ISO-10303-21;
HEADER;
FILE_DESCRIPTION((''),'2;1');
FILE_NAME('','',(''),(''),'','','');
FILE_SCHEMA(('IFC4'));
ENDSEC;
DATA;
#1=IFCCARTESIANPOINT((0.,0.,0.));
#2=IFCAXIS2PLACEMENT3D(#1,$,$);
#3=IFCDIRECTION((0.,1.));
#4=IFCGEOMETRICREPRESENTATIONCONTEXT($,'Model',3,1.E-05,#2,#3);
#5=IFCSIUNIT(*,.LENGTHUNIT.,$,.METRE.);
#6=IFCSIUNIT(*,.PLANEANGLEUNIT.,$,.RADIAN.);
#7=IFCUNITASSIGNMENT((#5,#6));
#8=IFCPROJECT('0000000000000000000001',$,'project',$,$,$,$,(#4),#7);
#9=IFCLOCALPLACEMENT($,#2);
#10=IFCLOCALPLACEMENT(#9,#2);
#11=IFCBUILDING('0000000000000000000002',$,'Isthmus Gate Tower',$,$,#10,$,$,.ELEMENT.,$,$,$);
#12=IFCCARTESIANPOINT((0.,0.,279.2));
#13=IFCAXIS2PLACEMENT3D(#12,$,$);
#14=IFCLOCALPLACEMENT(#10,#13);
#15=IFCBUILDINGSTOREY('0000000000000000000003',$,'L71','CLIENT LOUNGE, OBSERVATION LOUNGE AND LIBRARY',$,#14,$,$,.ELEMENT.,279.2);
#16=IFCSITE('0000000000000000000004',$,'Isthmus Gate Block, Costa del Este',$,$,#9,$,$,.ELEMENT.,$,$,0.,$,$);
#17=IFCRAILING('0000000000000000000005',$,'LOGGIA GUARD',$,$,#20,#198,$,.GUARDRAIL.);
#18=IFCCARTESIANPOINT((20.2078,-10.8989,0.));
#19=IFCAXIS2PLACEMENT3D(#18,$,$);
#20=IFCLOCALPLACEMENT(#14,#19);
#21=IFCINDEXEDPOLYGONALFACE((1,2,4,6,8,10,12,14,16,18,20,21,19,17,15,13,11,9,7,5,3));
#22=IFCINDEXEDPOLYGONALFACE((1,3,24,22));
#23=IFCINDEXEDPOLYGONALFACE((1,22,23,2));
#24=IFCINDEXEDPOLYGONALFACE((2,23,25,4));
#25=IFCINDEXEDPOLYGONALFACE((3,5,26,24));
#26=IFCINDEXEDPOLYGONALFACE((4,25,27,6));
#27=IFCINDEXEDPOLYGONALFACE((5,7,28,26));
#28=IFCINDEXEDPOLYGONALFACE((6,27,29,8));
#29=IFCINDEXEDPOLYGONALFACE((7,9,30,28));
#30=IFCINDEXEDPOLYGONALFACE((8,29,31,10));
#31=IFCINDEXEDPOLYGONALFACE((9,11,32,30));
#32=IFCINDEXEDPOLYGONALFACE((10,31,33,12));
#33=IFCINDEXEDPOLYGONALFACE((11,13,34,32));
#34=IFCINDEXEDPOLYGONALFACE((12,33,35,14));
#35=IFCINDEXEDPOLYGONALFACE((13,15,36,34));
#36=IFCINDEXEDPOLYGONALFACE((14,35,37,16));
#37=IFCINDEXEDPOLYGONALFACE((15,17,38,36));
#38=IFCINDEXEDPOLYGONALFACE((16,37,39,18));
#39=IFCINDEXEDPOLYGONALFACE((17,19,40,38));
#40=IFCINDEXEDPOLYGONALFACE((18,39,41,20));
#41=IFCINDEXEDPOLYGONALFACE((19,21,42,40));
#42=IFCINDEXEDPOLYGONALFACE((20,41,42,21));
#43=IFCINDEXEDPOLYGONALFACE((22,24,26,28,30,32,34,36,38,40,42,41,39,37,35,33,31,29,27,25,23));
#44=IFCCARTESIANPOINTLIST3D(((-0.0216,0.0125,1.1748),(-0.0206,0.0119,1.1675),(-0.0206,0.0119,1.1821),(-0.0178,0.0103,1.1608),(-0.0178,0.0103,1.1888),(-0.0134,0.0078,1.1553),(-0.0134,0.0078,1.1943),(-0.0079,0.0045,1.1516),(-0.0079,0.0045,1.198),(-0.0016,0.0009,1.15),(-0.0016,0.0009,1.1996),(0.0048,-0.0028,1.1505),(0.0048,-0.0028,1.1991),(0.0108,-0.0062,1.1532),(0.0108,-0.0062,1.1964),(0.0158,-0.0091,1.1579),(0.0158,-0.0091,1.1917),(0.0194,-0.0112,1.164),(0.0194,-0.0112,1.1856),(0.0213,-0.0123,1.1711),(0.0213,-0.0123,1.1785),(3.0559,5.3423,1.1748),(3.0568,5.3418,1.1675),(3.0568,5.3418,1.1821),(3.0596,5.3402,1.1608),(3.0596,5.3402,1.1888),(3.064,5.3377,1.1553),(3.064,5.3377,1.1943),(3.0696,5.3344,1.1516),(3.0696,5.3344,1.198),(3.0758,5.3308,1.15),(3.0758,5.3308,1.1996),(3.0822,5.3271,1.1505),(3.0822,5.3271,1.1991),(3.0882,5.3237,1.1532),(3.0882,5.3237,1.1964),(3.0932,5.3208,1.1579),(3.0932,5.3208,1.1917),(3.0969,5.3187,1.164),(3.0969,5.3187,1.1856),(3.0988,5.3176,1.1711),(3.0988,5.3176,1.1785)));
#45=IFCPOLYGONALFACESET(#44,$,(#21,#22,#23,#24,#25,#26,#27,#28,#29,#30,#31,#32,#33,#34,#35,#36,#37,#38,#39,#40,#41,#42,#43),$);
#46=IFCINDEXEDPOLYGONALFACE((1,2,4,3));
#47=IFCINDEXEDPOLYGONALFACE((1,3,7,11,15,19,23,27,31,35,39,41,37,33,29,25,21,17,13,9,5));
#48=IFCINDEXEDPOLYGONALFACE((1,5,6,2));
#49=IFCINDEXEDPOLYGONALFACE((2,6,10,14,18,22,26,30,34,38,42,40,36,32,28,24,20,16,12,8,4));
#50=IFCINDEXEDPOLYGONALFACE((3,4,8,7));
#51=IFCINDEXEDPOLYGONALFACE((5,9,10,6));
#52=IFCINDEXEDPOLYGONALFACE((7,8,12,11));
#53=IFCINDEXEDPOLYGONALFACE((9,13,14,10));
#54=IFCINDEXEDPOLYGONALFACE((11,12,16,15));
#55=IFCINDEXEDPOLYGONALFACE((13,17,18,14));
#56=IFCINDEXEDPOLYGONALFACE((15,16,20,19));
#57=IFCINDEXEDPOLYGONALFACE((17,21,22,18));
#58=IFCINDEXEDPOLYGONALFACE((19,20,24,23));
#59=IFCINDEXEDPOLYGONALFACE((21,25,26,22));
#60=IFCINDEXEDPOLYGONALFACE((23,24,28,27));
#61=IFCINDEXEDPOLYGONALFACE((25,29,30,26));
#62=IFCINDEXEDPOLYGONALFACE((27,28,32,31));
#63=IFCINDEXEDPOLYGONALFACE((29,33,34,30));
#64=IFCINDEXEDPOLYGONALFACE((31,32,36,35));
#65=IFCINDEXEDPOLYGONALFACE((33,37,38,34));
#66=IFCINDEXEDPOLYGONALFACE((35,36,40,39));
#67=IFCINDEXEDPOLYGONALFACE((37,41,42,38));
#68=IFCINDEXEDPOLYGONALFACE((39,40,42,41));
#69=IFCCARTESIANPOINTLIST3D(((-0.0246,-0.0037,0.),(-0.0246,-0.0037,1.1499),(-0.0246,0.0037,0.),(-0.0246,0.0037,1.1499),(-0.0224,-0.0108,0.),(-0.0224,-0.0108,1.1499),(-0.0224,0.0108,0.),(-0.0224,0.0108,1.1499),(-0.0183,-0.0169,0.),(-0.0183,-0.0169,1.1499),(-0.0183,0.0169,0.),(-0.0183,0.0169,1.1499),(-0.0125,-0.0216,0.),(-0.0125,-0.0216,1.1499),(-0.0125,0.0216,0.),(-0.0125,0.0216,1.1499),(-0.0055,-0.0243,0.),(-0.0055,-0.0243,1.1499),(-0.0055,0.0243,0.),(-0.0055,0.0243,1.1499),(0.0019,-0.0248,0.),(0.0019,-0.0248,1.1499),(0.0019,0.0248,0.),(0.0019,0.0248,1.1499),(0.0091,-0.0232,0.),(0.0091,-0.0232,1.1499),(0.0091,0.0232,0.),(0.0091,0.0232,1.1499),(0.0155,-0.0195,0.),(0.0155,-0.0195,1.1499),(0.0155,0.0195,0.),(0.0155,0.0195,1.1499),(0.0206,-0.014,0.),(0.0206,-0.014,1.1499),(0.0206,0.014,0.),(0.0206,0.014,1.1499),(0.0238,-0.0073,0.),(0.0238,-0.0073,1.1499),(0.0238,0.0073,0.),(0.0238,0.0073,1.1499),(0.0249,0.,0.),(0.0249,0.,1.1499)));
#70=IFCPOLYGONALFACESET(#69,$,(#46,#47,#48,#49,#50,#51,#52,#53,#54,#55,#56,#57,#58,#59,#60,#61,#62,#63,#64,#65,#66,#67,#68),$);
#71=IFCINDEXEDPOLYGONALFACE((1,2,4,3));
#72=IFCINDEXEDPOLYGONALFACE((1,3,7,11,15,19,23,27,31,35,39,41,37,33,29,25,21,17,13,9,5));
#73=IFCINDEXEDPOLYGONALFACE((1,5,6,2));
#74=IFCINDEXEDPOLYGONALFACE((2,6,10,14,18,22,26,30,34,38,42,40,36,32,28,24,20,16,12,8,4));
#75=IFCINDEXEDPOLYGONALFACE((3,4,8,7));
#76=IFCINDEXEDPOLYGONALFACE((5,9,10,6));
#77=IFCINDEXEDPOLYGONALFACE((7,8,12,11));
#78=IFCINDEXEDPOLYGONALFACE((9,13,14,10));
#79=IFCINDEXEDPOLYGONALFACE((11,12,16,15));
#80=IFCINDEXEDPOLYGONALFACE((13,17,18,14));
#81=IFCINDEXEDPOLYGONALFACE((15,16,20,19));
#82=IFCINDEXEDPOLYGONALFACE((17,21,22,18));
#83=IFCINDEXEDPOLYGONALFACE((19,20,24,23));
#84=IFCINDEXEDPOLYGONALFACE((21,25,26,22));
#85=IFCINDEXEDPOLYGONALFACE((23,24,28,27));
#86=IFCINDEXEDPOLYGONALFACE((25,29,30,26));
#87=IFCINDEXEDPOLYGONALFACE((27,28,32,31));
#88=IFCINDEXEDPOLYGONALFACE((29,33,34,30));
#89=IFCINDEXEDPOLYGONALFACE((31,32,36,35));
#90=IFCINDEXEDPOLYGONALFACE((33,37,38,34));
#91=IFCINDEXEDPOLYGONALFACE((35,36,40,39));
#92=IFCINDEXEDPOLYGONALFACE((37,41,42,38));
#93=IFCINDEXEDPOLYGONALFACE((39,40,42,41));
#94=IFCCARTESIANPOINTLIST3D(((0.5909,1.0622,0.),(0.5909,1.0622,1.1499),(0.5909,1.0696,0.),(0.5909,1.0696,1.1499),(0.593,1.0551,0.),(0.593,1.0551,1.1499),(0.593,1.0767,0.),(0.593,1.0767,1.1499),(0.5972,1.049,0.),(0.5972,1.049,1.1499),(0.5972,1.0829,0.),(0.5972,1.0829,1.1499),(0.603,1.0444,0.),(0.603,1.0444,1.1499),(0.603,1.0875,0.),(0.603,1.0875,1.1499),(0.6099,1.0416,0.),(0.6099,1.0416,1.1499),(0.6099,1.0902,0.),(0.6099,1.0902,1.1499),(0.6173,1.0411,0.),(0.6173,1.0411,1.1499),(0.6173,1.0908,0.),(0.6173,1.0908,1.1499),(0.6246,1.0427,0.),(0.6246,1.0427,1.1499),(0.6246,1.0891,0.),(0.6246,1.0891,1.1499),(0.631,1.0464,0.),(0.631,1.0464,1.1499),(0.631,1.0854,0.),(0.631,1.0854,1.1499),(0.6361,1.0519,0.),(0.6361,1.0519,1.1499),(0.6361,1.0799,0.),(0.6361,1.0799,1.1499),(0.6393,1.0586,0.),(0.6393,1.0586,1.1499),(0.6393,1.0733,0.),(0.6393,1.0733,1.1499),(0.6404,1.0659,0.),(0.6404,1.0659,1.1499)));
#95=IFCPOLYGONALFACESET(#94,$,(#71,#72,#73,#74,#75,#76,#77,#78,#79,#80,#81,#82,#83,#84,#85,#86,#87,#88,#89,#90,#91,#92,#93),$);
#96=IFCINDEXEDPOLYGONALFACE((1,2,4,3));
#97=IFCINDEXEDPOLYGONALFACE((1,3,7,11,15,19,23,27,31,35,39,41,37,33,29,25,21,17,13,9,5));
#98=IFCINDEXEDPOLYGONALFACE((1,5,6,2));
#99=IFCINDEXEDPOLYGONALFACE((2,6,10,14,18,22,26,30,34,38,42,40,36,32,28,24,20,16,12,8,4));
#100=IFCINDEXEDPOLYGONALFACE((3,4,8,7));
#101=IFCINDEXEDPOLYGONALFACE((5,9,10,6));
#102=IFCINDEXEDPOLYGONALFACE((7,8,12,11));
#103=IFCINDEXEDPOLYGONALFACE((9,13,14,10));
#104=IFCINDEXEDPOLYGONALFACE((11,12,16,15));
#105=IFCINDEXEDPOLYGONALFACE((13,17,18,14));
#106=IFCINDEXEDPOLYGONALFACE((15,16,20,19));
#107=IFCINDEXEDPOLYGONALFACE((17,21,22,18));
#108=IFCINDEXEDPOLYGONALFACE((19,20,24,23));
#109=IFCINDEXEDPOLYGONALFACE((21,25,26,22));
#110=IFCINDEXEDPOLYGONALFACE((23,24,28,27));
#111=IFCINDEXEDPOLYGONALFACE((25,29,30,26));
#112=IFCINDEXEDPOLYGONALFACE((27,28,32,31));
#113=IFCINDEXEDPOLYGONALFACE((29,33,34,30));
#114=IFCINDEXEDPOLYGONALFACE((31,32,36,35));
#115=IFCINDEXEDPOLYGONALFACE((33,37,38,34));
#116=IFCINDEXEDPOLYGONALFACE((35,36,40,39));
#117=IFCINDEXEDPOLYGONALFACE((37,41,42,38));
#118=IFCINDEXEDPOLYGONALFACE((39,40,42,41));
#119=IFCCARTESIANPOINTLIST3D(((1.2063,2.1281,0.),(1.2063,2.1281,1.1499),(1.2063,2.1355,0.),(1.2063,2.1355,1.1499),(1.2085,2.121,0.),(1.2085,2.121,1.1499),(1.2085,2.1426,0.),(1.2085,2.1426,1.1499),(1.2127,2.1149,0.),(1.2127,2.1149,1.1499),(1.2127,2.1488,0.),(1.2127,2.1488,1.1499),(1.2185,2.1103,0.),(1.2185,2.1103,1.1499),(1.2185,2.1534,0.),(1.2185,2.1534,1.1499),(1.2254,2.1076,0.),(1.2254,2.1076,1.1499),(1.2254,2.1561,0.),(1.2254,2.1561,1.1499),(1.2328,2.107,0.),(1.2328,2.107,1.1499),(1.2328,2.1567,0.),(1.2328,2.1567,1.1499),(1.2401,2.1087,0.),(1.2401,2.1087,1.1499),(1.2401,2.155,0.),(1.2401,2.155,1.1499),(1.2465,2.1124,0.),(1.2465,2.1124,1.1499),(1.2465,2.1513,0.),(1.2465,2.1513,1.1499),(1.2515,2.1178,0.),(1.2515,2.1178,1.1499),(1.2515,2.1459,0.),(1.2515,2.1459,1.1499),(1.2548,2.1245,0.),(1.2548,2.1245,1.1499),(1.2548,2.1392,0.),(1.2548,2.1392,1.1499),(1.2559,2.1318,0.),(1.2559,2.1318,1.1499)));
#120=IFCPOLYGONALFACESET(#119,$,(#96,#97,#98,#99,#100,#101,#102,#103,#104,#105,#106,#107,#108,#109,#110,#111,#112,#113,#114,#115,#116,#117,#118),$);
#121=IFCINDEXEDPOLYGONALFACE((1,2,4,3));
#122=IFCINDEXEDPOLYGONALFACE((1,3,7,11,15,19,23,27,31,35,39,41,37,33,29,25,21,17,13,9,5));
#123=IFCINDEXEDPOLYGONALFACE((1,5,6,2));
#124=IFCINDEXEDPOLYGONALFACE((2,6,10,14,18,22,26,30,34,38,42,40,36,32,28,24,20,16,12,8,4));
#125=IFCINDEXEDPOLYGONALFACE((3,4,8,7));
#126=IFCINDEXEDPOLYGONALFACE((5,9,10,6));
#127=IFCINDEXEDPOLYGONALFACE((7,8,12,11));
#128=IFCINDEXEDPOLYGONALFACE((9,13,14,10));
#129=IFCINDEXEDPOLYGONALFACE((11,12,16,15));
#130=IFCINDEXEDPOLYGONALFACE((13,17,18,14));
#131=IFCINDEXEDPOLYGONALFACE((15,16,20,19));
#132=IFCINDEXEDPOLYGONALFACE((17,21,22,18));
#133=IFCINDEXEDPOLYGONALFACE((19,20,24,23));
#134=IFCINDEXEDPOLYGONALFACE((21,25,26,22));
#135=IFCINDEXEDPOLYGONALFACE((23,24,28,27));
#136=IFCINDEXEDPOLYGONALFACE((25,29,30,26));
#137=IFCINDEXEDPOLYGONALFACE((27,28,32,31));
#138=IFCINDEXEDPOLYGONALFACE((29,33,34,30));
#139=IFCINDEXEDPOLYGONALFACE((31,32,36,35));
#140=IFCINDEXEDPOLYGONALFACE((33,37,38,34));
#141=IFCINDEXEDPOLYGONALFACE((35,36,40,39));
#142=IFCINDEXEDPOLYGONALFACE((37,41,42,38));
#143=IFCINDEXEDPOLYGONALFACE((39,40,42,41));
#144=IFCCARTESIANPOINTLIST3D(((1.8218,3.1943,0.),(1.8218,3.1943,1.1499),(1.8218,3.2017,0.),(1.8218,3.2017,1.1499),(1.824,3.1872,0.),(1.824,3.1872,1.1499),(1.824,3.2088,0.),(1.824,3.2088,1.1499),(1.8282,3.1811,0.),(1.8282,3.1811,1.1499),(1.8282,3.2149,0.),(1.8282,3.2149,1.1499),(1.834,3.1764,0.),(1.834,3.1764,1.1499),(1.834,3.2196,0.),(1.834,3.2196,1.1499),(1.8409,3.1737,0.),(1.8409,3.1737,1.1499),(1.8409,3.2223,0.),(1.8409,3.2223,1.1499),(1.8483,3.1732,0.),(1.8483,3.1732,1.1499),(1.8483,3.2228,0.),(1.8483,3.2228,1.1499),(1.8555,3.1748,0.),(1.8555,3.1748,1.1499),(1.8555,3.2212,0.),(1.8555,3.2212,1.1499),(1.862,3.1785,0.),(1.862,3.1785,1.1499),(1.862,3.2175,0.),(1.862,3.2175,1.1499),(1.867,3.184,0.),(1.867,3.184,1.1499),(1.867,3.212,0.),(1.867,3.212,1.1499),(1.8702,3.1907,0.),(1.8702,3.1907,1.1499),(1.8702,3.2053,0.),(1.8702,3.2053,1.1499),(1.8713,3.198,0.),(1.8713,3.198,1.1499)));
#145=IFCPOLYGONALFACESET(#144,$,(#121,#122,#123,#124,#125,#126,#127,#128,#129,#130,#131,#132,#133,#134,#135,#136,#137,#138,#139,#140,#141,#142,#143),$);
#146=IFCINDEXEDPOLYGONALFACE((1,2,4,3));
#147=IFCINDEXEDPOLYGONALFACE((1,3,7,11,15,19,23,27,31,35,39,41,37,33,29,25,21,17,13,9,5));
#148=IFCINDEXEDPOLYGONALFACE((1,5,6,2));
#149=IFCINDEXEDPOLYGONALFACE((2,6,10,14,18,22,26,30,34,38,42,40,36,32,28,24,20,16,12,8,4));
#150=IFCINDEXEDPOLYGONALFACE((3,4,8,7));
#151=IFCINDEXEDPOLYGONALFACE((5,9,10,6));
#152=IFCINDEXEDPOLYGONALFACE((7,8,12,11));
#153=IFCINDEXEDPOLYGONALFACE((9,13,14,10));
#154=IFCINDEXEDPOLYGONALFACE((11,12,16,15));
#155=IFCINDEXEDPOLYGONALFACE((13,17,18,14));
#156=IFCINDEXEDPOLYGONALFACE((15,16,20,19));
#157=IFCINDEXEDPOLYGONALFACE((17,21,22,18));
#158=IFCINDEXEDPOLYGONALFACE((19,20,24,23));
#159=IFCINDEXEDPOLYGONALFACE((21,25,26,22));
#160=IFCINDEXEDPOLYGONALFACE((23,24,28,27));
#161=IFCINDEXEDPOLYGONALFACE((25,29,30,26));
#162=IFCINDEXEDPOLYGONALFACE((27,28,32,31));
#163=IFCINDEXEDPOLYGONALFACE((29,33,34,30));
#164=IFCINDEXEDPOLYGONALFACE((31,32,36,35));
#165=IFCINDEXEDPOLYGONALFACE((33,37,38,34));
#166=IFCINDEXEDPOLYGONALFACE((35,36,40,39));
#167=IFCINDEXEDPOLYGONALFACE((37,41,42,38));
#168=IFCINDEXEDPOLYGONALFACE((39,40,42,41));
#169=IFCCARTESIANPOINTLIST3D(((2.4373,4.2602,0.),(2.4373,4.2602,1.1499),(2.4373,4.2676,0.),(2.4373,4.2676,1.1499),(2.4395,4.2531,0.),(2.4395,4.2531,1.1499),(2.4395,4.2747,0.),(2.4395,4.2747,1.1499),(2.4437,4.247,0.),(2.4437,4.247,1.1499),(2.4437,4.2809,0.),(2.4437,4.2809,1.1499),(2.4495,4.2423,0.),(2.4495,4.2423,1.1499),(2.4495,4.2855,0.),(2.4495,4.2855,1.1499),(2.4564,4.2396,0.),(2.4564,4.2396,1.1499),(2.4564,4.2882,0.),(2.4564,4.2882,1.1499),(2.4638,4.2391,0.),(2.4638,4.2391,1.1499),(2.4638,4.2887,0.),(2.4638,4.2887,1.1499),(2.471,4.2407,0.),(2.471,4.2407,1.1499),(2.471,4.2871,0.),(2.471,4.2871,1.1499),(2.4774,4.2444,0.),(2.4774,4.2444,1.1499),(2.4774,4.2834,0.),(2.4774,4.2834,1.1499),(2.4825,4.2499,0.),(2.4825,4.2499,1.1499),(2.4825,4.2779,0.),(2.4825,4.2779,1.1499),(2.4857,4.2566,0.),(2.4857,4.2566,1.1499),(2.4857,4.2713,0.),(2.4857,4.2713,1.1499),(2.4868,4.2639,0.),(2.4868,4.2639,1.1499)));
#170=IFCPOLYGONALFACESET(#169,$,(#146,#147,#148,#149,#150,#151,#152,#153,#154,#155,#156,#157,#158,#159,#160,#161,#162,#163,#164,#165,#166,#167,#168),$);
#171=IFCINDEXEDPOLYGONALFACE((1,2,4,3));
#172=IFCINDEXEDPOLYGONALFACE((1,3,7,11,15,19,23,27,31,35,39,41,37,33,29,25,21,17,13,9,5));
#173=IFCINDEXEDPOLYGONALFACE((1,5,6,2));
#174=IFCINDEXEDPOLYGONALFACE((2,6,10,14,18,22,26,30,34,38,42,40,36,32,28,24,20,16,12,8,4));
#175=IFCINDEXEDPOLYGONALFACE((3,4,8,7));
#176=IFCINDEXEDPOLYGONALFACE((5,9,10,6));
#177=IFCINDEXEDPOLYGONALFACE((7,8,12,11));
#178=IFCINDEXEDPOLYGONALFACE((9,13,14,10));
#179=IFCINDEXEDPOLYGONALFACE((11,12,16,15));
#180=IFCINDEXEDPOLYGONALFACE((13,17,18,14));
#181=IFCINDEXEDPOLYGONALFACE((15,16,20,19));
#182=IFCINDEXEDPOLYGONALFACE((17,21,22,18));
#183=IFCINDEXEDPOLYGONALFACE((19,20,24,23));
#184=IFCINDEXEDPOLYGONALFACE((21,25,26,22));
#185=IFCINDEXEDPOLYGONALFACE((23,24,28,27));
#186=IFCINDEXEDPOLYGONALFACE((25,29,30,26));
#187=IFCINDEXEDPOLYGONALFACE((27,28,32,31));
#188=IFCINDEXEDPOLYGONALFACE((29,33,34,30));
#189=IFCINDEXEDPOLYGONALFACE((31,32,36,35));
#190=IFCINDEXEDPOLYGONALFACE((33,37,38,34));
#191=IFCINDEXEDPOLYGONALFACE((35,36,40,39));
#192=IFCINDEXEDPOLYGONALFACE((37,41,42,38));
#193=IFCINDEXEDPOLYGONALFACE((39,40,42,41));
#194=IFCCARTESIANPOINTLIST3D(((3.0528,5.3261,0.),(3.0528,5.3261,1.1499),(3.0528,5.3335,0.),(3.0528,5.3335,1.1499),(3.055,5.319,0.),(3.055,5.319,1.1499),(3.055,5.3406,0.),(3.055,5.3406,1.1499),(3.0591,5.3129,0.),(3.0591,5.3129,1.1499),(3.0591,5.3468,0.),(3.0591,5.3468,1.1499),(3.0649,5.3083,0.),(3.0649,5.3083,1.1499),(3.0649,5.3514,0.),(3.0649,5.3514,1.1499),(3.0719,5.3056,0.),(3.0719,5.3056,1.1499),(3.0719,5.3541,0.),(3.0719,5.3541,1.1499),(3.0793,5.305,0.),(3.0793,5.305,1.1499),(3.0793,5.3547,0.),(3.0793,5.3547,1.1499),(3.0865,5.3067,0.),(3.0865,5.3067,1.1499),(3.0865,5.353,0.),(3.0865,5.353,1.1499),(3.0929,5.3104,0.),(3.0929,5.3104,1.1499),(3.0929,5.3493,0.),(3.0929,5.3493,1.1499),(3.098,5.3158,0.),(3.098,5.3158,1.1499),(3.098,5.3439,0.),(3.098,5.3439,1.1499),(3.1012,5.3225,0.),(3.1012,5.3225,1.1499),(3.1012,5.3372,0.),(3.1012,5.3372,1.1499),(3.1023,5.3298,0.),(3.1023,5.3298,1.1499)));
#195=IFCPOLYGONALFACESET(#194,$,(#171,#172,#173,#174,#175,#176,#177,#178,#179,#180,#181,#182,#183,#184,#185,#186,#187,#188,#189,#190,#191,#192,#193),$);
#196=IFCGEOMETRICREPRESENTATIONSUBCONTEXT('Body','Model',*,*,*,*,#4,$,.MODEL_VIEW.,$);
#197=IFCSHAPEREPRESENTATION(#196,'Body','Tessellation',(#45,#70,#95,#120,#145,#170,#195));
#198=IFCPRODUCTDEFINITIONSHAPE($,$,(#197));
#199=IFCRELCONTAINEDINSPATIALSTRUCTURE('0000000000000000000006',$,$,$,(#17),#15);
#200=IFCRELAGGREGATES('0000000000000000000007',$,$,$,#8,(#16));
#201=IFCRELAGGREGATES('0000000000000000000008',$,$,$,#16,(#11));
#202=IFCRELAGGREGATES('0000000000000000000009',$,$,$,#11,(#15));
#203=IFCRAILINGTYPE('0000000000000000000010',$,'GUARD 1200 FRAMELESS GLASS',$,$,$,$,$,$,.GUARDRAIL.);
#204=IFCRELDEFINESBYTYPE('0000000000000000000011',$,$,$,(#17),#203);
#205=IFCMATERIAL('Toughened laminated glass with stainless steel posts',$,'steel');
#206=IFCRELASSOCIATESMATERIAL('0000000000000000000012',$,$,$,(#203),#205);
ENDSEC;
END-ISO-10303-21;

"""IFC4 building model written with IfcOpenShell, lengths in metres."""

from ifc_helpers import new_model, si_unit, direction, frame, origin, origin_2d, place, context, subcontext, project, spatial, circle, extrude, material, type_object, element, save


model = new_model("IFC4")

# Units and contexts
model_context = context("Model", 3, precision=1e-05, world=origin(), true_north=direction((0.0, 1.0)))
body_context = subcontext(model_context, "Body", "Model", "MODEL_VIEW")
ifc_project = project(units=[si_unit("LENGTHUNIT", "METRE"), si_unit("PLANEANGLEUNIT", "RADIAN")], contexts=[model_context])

# Site, building, storey
site_placement = place(None, origin())
site = spatial("IfcSite", under=ifc_project, at=site_placement, Name="Isthmus Gate Block, Costa del Este", CompositionType="ELEMENT", RefElevation=0.0)
building_placement = place(site_placement, origin())
building = spatial("IfcBuilding", under=site, at=building_placement, Name="Isthmus Gate Tower", CompositionType="ELEMENT")
storey_placement = place(building_placement, frame((0.0, 0.0, 279.2)))
storey = spatial("IfcBuildingStorey", under=building, at=storey_placement, Name="L71", Description="CLIENT LOUNGE, OBSERVATION LOUNGE AND LIBRARY", CompositionType="ELEMENT", Elevation=279.2)

# Railing
ifc_material_1 = material(Name="Toughened laminated glass with stainless steel posts", Category="steel")
railing_type = type_object("IfcRailingType", Name="GUARD 1200 FRAMELESS GLASS", PredefinedType="GUARDRAIL", material=ifc_material_1)
railing_placement = place(storey_placement, frame((20.2078, -10.8989, 0.0)))
element("IfcRailing", 1, at=railing_placement, inside=storey, type_object=railing_type, Name="LOGGIA GUARD", PredefinedType="GUARDRAIL", context=body_context, shape_type="SweptSolid", body=[
    extrude(circle(Radius=0.0249, at=origin_2d()), frame((0.0, 0.0, 1.1748), z_axis=(0.500026, 0.866011, 0.0), x_axis=(-0.866011, 0.500026, 0.0)), (0.0, 0.0, 1.0), 6.1545),
    extrude(circle(Radius=0.0249, at=origin_2d()), origin(), (0.0, 0.0, 1.0), 1.1499),
    extrude(circle(Radius=0.0249, at=origin_2d()), frame((0.6155, 1.0659, 0.0)), (0.0, 0.0, 1.0), 1.1499),
    extrude(circle(Radius=0.0249, at=origin_2d()), frame((1.231, 2.1318, 0.0)), (0.0, 0.0, 1.0), 1.1499),
    extrude(circle(Radius=0.0249, at=origin_2d()), frame((1.8464, 3.198, 0.0)), (0.0, 0.0, 1.0), 1.1499),
    extrude(circle(Radius=0.0249, at=origin_2d()), frame((2.4619, 4.2639, 0.0)), (0.0, 0.0, 1.0), 1.1499),
    extrude(circle(Radius=0.0249, at=origin_2d()), frame((3.0774, 5.3298, 0.0)), (0.0, 0.0, 1.0), 1.1499),
])

save(model, "model.ifc")
